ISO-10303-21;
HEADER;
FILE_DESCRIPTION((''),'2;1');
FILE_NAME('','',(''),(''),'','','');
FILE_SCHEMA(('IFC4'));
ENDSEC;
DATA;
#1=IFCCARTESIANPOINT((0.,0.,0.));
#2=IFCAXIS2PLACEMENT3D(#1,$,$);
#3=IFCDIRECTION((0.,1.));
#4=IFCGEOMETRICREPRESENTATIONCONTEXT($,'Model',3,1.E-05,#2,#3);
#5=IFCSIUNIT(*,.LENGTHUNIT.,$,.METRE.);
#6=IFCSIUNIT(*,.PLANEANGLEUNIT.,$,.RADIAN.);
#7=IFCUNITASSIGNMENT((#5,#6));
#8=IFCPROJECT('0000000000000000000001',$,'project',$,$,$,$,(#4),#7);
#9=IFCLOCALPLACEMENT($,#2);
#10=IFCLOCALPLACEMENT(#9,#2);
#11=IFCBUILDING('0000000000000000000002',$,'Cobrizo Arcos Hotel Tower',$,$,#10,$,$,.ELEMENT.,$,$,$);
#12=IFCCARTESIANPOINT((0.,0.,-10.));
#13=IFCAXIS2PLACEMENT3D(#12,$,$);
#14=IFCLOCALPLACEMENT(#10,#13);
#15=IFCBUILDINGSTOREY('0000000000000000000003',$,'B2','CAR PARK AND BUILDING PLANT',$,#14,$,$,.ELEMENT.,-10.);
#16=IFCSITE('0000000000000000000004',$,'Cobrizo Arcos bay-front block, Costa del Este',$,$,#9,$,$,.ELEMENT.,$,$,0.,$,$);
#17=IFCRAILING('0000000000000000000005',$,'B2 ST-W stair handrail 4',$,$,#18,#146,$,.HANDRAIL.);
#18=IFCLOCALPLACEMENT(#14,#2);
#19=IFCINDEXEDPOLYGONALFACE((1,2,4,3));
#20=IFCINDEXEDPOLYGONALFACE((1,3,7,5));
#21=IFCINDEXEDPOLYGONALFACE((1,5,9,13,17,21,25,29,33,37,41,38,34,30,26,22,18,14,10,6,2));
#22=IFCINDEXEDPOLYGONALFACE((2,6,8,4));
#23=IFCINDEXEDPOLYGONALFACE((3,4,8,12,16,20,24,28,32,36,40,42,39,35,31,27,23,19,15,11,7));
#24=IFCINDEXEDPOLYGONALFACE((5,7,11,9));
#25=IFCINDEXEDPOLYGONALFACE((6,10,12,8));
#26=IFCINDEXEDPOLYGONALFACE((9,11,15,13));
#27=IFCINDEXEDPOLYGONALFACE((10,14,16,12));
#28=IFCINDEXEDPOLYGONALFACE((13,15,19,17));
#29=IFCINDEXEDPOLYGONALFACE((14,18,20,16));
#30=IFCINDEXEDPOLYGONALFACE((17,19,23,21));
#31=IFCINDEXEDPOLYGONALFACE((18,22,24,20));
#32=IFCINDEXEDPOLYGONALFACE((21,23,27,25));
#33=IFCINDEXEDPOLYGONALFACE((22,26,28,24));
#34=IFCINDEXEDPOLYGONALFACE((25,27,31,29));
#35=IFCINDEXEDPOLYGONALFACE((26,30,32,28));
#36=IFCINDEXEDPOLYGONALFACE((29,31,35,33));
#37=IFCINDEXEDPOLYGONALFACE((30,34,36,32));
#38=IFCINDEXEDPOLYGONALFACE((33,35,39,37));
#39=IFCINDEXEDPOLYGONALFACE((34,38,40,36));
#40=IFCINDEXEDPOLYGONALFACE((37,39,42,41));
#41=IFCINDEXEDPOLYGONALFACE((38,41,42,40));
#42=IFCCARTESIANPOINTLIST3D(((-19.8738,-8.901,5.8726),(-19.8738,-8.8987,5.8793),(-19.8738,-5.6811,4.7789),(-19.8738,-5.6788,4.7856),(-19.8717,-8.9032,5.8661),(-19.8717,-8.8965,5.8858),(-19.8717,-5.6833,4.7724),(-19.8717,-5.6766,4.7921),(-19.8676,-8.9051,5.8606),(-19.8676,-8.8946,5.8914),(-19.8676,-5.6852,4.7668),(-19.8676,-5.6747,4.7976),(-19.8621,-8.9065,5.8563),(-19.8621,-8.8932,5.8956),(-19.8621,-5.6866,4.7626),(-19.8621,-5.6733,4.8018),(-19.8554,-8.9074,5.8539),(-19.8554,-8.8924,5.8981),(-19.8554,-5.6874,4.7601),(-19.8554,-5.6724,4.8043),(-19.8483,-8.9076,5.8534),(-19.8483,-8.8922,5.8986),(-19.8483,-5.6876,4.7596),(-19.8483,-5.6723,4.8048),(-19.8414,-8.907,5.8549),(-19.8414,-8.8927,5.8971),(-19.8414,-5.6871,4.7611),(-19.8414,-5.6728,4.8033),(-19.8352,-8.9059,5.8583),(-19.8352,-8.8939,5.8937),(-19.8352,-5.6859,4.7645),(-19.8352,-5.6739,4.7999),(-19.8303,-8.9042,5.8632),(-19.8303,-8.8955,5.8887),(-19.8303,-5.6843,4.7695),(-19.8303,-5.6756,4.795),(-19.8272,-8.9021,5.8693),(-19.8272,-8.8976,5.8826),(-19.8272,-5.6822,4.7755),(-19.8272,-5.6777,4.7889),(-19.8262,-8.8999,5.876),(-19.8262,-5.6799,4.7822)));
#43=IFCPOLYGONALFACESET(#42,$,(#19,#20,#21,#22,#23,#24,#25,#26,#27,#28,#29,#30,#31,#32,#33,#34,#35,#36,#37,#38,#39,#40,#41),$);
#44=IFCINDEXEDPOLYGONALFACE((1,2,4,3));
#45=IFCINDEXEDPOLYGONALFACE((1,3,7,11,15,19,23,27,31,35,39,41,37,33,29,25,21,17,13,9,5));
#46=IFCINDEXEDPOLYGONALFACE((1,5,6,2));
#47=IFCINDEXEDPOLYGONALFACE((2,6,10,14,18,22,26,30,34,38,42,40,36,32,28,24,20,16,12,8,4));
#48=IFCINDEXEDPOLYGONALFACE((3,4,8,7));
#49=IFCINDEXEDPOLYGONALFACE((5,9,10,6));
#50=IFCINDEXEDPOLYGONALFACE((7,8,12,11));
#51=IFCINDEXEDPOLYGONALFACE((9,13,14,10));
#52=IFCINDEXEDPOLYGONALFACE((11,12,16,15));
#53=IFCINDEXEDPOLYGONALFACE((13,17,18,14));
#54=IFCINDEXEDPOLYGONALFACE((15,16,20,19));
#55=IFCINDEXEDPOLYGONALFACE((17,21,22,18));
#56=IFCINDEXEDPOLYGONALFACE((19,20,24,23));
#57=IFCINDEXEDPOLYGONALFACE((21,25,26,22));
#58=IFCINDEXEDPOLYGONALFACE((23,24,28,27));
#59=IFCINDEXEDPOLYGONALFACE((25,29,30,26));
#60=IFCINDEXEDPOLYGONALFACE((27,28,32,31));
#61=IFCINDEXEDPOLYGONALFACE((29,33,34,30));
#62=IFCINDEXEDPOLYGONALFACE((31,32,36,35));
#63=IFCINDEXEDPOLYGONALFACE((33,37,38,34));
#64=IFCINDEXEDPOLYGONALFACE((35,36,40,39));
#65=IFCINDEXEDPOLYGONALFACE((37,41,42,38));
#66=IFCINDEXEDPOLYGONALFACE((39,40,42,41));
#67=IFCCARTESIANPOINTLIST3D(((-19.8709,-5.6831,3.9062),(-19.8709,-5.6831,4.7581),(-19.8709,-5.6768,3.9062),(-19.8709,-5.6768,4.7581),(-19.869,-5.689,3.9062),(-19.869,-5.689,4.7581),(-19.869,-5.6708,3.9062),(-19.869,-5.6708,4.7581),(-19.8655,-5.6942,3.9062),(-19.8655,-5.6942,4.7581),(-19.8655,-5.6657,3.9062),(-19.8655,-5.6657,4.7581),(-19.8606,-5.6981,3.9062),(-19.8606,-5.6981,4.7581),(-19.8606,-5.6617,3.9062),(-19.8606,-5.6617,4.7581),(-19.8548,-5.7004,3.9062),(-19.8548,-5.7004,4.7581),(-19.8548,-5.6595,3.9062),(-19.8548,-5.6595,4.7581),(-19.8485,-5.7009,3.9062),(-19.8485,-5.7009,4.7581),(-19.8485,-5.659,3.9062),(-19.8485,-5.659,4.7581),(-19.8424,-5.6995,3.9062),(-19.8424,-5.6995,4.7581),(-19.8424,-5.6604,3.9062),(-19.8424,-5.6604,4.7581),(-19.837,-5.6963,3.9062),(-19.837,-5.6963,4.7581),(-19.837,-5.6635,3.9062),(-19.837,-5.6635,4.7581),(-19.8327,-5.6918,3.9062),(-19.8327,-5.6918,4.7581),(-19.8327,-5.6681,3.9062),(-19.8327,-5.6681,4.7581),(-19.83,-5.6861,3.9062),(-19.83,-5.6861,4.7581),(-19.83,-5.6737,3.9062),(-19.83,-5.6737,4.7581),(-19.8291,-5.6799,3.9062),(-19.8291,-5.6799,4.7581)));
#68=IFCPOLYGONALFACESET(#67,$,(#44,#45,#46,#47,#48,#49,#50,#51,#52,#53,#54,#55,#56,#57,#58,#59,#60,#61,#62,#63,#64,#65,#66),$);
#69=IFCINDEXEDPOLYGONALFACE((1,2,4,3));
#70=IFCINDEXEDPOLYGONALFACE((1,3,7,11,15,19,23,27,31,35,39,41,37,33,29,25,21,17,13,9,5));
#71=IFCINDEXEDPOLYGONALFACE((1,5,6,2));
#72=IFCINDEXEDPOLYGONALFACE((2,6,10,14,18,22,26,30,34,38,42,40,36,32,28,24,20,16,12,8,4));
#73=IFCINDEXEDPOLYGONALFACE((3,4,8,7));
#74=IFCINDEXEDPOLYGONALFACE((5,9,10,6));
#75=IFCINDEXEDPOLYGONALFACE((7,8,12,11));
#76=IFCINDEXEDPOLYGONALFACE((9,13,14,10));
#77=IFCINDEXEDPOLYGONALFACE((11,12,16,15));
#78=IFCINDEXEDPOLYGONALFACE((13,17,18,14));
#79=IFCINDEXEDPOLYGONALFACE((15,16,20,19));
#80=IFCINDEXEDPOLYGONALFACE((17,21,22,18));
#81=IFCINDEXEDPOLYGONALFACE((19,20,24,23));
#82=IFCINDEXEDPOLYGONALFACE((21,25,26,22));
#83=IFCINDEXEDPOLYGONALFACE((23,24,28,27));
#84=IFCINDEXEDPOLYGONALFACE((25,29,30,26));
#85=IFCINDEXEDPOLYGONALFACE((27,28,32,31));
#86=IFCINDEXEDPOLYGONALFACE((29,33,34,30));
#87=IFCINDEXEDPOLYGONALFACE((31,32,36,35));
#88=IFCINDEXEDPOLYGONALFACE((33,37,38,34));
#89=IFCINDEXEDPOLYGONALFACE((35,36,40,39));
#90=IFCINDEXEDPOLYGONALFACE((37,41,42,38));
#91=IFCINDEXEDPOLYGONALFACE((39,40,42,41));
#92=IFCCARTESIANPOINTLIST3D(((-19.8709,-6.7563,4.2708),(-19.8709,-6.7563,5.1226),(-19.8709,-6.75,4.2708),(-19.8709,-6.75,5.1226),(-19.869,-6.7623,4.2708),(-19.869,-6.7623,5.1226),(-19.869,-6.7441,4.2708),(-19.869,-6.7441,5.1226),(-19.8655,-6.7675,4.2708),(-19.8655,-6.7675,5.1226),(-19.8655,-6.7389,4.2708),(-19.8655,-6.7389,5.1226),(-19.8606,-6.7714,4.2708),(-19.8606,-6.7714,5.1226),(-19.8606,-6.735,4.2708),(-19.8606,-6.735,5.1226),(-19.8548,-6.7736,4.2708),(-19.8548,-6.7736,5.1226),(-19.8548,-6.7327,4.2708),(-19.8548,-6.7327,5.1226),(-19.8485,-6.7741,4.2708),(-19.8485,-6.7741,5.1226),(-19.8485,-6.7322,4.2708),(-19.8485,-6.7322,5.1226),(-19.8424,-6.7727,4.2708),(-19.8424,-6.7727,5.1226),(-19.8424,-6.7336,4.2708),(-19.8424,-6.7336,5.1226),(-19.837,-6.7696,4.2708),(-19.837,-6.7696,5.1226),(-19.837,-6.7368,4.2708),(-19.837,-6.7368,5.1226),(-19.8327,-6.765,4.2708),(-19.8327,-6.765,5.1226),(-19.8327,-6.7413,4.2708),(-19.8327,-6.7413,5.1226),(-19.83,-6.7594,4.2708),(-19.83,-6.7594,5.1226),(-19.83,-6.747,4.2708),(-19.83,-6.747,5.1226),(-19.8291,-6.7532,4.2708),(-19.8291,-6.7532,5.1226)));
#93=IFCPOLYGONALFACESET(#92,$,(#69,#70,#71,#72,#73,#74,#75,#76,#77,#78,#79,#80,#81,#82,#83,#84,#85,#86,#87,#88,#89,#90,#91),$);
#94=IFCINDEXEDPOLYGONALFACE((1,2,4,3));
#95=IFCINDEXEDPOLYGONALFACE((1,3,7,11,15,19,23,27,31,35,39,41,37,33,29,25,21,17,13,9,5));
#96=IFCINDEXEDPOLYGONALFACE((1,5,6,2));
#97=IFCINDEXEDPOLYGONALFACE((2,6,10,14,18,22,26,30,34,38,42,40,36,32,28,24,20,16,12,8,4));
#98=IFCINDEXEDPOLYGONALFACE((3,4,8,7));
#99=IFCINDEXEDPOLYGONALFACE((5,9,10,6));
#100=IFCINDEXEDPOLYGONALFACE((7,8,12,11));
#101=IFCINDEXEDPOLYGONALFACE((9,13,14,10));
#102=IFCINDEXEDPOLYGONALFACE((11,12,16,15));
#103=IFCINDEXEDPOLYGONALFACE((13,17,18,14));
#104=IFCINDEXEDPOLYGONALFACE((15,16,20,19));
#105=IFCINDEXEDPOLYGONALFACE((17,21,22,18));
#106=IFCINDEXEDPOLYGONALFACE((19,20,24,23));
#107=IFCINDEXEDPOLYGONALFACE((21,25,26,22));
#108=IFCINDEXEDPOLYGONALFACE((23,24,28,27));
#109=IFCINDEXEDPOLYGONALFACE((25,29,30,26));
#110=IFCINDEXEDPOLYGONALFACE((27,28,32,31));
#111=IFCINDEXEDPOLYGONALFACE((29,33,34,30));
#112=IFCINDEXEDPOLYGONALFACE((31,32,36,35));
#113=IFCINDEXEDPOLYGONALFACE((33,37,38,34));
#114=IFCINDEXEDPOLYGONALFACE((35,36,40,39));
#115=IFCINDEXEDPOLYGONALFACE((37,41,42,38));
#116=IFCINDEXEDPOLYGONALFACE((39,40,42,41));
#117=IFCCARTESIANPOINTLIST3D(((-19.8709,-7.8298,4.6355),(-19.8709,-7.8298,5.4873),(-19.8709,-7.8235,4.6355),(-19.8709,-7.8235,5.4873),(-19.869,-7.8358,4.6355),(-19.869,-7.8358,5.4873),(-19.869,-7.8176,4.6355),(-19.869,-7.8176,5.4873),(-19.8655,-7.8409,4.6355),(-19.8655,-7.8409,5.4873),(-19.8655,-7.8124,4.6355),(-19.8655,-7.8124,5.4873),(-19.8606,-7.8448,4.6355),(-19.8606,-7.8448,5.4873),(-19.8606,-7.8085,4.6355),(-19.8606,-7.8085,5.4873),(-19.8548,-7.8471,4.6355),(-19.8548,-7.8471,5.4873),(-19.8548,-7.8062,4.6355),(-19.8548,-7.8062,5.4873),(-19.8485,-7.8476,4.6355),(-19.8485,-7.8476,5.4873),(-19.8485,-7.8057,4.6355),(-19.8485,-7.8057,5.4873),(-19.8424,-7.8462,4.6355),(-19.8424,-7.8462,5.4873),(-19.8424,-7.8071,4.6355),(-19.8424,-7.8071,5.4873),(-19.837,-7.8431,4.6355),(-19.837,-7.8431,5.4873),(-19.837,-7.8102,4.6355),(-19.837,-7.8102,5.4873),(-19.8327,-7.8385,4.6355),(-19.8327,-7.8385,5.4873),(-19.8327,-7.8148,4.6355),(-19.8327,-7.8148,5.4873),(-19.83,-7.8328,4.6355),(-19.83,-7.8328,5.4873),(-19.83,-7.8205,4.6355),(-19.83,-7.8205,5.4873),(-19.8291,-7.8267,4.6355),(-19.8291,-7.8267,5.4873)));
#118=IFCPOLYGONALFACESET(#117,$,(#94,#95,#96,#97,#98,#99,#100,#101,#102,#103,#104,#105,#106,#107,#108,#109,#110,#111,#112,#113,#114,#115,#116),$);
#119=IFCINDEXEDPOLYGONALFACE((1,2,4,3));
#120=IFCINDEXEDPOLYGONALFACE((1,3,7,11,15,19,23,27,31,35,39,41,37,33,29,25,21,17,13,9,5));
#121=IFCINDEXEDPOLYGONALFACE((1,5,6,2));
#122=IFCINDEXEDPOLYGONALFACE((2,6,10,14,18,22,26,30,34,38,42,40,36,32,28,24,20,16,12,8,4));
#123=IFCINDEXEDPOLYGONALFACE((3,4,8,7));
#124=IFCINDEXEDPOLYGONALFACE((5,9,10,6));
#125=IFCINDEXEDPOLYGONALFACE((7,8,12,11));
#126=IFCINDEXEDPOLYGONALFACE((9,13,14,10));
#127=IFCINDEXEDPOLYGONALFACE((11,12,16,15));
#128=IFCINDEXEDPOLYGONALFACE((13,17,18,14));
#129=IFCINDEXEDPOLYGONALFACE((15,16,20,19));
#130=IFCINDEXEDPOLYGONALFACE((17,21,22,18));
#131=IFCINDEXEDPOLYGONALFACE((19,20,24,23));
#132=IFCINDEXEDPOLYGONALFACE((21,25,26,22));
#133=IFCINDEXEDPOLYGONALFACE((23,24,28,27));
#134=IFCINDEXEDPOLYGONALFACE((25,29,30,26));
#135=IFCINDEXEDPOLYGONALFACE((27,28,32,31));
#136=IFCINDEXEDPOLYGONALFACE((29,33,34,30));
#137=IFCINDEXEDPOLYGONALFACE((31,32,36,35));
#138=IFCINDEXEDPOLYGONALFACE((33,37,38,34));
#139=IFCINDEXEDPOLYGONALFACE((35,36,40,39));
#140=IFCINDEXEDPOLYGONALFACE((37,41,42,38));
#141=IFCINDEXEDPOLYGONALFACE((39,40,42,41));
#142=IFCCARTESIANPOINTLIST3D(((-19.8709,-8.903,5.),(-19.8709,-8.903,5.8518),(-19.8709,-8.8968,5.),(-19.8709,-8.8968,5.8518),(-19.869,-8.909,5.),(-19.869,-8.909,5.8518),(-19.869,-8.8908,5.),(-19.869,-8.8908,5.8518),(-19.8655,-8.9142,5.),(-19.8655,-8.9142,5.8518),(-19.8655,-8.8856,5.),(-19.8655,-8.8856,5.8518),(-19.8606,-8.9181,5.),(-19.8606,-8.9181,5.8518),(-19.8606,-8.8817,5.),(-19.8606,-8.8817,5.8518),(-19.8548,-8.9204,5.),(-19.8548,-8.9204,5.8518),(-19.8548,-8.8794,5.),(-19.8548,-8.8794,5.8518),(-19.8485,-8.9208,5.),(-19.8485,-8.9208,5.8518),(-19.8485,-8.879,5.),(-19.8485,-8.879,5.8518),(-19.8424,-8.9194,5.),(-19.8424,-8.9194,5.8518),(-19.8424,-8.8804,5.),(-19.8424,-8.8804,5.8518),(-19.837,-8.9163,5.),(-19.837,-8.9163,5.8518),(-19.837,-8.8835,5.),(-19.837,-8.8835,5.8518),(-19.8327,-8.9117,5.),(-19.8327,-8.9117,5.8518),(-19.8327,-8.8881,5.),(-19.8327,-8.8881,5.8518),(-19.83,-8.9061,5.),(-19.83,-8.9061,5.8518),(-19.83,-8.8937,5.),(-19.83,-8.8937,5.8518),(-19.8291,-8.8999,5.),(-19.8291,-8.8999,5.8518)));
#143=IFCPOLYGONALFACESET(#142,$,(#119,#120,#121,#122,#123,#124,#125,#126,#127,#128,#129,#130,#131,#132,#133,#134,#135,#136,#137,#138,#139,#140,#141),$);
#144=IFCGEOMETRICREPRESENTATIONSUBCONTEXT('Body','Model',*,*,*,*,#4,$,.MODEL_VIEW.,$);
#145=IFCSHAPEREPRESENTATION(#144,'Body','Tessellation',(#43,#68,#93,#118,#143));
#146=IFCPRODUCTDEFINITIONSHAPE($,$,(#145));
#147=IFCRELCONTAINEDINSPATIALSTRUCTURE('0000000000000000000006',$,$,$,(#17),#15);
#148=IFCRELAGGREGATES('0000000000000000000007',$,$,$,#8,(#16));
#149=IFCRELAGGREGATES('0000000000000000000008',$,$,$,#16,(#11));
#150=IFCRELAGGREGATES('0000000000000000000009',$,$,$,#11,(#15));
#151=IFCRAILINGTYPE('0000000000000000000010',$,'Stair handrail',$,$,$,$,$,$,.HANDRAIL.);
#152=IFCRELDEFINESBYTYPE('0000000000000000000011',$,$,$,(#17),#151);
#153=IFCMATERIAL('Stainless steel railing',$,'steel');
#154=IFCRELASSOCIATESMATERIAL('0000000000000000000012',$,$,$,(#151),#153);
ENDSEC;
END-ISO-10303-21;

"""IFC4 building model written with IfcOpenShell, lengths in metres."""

from ifc_helpers import new_model, si_unit, direction, frame, origin, origin_2d, place, context, subcontext, project, spatial, circle, extrude, material, type_object, element, save


model = new_model("IFC4")

# Units and contexts
model_context = context("Model", 3, precision=1e-05, world=origin(), true_north=direction((0.0, 1.0)))
body_context = subcontext(model_context, "Body", "Model", "MODEL_VIEW")
ifc_project = project(units=[si_unit("LENGTHUNIT", "METRE"), si_unit("PLANEANGLEUNIT", "RADIAN")], contexts=[model_context])

# Site, building, storey
site_placement = place(None, origin())
site = spatial("IfcSite", under=ifc_project, at=site_placement, Name="Cobrizo Arcos bay-front block, Costa del Este", CompositionType="ELEMENT", RefElevation=0.0)
building_placement = place(site_placement, origin())
building = spatial("IfcBuilding", under=site, at=building_placement, Name="Cobrizo Arcos Hotel Tower", CompositionType="ELEMENT")
storey_placement = place(building_placement, frame((0.0, 0.0, -10.0)))
storey = spatial("IfcBuildingStorey", under=building, at=storey_placement, Name="B2", Description="CAR PARK AND BUILDING PLANT", CompositionType="ELEMENT", Elevation=-10.0)

# Railing
ifc_material_1 = material(Name="Stainless steel railing", Category="steel")
railing_type_1 = type_object("IfcRailingType", Name="Stair handrail", PredefinedType="HANDRAIL", material=ifc_material_1)
for number, where, name in (
    (1, (-19.8501, -5.6799, 3.9062), "B2 ST-W stair handrail 4"),
):
    element("IfcRailing", number, at=place(storey_placement, frame(where)), inside=storey, type_object=railing_type_1, Name=name, PredefinedType="HANDRAIL", context=body_context, shape_type="SweptSolid", body=[
        extrude(circle(Radius=0.0239, at=origin_2d()), frame((0.0, 0.0, 0.876), z_axis=(0.0, -0.946866, 0.321629), x_axis=(1.0, 0.0, 0.0)), (0.0, 0.0, 1.0), 3.4006),
        extrude(circle(Radius=0.021, at=origin_2d()), origin(), (0.0, 0.0, 1.0), 0.8518),
        extrude(circle(Radius=0.021, at=origin_2d()), frame((0.0, -1.0732, 0.3645)), (0.0, 0.0, 1.0), 0.8518),
        extrude(circle(Radius=0.021, at=origin_2d()), frame((0.0, -2.1467, 0.7292)), (0.0, 0.0, 1.0), 0.8518),
        extrude(circle(Radius=0.021, at=origin_2d()), frame((0.0, -3.22, 1.0938)), (0.0, 0.0, 1.0), 0.8518),
    ])

save(model, "model.ifc")
